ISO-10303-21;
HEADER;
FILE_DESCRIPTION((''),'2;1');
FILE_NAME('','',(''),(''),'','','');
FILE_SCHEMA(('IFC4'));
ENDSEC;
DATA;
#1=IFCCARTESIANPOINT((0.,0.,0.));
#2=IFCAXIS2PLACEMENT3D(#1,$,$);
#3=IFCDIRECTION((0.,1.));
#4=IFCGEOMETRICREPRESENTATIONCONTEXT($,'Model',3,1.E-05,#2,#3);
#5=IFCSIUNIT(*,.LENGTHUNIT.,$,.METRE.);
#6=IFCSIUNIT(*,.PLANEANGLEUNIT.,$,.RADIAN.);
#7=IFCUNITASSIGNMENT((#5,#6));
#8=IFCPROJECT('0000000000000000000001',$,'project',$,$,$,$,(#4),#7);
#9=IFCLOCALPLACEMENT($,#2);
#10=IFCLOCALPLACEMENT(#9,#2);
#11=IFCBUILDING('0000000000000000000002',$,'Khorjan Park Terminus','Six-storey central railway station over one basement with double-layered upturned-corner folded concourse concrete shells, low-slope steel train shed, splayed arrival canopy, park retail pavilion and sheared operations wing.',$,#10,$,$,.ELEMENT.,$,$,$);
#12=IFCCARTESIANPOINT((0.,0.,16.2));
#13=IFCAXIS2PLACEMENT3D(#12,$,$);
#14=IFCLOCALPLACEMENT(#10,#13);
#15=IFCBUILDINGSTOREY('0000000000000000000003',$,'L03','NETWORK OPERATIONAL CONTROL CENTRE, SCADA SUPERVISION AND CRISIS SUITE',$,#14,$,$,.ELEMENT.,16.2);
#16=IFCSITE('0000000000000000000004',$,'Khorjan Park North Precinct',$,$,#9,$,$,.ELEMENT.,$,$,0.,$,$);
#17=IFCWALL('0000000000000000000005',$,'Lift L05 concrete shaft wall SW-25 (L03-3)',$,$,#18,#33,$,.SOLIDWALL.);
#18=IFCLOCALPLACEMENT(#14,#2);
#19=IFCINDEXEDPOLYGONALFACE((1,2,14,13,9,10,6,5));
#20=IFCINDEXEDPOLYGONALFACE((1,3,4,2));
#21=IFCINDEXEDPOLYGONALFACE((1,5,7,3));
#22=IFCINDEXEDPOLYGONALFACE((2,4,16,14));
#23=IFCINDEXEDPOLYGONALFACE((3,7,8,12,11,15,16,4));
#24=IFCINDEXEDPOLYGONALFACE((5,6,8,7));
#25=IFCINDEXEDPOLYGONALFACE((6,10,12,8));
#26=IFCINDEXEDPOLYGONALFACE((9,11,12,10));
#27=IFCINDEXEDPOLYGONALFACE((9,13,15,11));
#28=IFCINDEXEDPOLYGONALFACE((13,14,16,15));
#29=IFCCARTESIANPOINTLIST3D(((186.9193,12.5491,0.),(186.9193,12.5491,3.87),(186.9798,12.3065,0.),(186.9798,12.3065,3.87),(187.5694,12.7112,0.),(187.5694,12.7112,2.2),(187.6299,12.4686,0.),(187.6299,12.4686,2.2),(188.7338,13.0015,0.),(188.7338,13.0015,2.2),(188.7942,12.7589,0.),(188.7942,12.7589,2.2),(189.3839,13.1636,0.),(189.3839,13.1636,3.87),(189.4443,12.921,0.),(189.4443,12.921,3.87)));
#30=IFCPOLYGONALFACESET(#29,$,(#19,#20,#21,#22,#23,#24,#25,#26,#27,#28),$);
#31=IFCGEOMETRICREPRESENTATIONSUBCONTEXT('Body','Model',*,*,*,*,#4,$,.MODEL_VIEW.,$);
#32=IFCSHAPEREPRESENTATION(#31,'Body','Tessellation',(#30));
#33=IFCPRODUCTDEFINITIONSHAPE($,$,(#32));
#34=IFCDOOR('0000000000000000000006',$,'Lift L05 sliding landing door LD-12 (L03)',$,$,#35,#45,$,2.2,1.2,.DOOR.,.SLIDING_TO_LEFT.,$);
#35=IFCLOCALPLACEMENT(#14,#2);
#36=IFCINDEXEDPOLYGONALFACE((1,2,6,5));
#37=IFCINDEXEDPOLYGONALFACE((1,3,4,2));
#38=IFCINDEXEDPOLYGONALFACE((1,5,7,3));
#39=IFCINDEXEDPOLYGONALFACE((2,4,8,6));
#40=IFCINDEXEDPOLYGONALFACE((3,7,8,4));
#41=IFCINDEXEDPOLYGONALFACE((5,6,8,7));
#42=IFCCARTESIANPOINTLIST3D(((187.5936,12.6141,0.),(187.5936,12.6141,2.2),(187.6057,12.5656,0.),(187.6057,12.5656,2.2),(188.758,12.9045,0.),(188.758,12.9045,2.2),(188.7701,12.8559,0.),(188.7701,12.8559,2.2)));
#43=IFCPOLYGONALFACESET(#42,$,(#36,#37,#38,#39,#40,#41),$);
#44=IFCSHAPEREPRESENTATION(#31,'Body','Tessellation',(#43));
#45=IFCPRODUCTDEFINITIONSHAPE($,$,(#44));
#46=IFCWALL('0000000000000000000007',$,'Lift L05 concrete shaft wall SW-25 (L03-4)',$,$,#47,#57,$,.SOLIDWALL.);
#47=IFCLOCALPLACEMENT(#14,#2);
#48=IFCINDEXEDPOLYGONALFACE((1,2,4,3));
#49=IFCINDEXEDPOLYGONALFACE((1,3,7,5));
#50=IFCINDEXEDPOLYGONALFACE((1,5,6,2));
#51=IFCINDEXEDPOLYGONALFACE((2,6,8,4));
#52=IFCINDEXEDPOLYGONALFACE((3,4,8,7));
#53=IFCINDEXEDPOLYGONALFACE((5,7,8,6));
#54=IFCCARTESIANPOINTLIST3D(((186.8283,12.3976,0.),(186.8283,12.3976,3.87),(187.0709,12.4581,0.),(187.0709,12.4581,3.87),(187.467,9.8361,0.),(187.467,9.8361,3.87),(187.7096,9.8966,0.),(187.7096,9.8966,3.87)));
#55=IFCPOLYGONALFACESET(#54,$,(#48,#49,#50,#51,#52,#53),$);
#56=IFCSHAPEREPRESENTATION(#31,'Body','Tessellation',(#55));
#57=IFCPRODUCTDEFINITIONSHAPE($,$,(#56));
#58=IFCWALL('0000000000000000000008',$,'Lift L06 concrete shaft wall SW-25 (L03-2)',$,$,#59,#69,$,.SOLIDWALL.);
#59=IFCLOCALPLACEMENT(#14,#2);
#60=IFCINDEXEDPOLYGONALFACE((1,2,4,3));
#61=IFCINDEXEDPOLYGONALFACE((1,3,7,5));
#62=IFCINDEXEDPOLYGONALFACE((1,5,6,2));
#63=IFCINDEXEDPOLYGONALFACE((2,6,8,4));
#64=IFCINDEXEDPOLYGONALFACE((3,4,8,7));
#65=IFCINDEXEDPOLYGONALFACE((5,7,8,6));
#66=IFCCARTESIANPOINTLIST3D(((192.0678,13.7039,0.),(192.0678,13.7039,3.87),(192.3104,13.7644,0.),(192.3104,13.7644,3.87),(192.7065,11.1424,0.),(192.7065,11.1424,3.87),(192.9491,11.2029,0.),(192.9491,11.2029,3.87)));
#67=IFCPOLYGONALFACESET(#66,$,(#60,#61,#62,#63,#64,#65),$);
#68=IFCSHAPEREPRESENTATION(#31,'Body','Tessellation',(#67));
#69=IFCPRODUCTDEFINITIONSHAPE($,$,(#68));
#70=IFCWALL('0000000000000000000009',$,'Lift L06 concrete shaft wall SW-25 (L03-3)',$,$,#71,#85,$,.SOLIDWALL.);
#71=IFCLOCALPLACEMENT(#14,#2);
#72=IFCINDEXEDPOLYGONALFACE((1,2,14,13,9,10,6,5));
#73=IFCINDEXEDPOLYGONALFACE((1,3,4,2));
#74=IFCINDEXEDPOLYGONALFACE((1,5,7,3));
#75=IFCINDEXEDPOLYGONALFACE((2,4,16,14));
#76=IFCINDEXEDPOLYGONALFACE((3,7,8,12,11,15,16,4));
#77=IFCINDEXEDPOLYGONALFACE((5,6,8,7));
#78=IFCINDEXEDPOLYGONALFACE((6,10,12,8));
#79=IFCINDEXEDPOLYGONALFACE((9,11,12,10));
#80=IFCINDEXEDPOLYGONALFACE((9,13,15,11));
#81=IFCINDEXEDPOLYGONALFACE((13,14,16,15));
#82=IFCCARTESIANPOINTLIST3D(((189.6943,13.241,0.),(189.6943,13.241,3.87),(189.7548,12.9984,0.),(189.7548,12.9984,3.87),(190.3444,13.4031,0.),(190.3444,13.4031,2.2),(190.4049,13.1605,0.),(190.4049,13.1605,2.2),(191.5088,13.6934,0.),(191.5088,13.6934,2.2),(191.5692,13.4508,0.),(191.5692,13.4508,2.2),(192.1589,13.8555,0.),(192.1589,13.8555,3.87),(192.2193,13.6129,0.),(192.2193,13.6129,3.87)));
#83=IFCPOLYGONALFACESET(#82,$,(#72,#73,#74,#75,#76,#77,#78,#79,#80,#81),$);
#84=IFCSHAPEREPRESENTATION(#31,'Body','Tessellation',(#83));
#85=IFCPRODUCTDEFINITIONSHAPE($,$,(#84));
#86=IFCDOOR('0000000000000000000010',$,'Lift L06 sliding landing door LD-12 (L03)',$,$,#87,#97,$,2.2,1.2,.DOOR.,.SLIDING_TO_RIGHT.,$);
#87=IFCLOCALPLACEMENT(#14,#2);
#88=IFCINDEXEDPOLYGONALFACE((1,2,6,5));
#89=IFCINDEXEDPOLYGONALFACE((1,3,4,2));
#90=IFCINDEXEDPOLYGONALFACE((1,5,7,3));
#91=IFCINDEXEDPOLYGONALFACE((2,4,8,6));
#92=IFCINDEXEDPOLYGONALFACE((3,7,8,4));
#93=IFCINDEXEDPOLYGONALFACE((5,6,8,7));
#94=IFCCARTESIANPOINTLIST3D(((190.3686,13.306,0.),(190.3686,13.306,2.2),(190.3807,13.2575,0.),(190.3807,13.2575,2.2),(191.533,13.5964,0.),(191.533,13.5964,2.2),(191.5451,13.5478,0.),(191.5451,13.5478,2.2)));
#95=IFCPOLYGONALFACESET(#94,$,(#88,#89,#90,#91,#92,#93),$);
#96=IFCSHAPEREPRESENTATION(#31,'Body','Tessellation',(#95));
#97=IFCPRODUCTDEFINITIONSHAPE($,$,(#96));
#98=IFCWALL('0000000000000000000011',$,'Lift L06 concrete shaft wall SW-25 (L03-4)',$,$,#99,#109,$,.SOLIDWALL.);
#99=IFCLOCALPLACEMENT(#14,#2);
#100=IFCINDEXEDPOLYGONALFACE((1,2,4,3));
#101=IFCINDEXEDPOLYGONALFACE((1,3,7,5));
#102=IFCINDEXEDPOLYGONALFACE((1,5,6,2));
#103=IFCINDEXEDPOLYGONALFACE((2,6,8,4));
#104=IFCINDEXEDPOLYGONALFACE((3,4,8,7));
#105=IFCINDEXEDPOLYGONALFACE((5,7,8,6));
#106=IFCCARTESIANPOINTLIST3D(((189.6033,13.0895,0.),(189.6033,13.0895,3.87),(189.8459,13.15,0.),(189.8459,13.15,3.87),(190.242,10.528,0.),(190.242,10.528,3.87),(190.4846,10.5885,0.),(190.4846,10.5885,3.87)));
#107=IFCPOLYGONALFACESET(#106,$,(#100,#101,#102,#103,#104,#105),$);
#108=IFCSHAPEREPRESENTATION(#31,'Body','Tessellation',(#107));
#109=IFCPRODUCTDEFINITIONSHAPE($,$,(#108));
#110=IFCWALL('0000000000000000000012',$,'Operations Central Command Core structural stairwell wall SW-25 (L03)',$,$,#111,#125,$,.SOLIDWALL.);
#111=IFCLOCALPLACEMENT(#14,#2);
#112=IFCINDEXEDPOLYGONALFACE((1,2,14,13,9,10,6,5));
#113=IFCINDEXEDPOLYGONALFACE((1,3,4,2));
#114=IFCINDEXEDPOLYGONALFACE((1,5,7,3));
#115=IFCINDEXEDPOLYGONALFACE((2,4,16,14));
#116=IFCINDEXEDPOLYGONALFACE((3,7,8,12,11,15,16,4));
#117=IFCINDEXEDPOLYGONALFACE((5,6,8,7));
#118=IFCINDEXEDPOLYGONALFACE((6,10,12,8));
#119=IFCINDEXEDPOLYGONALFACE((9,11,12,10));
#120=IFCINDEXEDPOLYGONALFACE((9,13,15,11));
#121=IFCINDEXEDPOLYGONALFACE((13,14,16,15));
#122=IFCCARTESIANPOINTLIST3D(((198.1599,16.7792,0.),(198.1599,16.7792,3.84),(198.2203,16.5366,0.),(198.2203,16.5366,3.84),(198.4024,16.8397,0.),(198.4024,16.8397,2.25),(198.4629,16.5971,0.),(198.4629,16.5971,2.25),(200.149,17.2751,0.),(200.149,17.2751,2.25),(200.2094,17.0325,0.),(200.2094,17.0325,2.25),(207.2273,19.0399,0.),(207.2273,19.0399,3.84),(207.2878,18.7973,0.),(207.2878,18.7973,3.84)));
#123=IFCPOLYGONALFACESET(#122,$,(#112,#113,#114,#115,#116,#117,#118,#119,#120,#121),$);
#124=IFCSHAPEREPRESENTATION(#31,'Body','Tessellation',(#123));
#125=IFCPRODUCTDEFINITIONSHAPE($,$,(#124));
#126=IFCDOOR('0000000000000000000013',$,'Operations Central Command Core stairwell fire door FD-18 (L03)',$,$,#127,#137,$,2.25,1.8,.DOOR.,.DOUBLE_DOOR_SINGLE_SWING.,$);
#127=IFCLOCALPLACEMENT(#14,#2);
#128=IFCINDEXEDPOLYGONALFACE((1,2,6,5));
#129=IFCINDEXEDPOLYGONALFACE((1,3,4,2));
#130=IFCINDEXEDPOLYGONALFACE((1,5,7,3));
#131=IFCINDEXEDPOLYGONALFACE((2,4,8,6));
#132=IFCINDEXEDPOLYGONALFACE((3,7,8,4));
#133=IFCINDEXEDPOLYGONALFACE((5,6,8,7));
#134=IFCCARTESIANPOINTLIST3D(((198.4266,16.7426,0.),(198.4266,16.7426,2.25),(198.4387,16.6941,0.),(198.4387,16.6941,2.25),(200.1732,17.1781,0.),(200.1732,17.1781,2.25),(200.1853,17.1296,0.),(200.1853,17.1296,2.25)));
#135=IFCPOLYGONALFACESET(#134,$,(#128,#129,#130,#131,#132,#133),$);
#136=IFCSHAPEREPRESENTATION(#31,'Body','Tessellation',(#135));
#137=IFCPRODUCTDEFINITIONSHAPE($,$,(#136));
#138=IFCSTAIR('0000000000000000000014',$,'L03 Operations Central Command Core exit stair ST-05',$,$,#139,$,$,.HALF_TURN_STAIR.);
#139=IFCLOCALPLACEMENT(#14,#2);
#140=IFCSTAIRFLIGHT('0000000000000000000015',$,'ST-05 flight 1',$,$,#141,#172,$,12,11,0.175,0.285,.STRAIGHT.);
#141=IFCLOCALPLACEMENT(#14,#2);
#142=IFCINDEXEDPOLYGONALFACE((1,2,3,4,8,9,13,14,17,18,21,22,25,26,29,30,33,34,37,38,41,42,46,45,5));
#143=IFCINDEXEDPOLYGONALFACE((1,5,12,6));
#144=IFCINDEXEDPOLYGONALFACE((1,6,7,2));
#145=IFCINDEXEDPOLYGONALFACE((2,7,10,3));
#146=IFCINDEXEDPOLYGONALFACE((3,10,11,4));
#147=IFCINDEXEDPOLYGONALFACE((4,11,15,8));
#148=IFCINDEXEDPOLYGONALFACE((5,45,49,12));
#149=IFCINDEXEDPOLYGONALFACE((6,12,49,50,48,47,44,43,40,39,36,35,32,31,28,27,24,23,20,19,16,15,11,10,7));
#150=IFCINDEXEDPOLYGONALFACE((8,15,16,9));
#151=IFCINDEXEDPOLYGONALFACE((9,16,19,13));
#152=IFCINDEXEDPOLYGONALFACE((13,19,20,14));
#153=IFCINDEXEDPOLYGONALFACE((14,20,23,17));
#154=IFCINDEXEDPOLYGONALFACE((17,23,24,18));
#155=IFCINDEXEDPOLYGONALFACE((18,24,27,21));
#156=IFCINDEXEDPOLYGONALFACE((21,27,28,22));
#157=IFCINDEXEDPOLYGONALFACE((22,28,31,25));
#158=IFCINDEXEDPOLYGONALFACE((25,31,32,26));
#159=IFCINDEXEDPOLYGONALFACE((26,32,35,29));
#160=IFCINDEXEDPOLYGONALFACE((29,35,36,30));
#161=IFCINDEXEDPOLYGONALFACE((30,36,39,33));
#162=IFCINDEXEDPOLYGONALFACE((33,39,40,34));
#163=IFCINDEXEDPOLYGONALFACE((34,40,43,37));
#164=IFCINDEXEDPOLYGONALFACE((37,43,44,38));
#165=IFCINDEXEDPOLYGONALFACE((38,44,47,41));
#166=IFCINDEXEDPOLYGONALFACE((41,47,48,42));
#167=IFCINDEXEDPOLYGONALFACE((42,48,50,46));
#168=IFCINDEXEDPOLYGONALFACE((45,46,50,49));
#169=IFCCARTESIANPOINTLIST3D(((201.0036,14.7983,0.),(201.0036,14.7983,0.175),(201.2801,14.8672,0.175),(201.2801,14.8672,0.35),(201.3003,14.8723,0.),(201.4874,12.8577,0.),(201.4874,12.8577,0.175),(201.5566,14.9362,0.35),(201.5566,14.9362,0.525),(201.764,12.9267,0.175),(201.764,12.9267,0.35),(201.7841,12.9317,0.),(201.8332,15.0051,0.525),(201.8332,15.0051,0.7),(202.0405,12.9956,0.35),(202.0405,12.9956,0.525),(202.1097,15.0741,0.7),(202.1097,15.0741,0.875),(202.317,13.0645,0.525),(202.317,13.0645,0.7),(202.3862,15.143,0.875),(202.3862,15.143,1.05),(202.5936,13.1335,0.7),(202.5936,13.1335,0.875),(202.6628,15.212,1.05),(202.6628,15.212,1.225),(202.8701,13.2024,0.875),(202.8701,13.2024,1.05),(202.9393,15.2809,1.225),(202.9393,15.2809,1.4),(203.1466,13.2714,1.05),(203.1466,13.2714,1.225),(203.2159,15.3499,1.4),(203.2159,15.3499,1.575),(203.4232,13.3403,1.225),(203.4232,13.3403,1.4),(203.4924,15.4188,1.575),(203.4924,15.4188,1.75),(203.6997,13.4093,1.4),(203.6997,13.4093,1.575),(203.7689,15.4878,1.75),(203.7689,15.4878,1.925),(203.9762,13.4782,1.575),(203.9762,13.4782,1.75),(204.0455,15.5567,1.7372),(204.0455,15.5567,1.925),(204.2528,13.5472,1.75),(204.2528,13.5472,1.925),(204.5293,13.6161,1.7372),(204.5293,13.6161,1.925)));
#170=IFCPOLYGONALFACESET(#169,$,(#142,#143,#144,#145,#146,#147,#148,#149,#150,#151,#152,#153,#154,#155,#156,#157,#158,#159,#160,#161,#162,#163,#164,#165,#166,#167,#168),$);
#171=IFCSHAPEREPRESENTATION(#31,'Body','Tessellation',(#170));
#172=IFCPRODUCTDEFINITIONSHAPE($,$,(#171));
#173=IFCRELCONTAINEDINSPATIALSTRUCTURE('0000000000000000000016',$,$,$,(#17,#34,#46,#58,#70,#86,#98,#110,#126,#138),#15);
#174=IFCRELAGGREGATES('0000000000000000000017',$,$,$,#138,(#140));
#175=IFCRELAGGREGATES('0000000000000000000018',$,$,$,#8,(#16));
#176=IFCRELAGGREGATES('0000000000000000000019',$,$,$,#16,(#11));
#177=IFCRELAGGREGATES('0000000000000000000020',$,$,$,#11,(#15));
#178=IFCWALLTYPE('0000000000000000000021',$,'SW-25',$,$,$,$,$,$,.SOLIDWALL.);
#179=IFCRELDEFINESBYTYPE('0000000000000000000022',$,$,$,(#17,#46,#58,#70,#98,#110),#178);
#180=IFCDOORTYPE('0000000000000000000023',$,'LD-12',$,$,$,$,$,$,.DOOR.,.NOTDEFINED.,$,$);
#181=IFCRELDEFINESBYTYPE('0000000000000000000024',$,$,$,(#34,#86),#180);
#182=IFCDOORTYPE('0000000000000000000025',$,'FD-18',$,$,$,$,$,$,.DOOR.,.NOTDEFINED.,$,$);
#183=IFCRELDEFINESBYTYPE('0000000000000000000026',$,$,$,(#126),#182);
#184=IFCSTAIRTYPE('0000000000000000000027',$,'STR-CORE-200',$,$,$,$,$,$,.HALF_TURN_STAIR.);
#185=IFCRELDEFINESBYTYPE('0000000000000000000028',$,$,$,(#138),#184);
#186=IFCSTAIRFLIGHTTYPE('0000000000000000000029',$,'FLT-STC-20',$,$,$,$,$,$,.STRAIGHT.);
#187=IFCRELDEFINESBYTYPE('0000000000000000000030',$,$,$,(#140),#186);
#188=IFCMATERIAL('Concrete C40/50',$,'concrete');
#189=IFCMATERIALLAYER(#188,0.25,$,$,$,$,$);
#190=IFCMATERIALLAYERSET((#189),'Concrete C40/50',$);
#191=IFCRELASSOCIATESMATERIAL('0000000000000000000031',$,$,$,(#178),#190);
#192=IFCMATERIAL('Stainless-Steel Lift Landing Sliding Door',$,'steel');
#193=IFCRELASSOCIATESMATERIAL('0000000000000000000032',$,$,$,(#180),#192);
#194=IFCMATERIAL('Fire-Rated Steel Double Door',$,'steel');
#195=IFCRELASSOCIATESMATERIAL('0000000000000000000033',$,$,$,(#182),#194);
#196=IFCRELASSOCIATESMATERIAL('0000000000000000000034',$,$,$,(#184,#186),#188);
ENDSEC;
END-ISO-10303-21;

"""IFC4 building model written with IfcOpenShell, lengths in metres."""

from ifc_helpers import new_model, si_unit, direction, frame, frame_2d, origin, place, context, subcontext, project, spatial, polyline, rectangle, outline, extrude, material, layer, layer_set, type_object, element, fill, aggregate, save


model = new_model("IFC4")

# Units and contexts
model_context = context("Model", 3, precision=1e-05, world=origin(), true_north=direction((0.0, 1.0)))
body_context = subcontext(model_context, "Body", "Model", "MODEL_VIEW")
ifc_project = project(units=[si_unit("LENGTHUNIT", "METRE"), si_unit("PLANEANGLEUNIT", "RADIAN")], contexts=[model_context])

# Site, building, storey
site_placement = place(None, origin())
site = spatial("IfcSite", under=ifc_project, at=site_placement, Name="Khorjan Park North Precinct", CompositionType="ELEMENT", RefElevation=0.0)
building_placement = place(site_placement, origin())
building = spatial("IfcBuilding", under=site, at=building_placement, Name="Khorjan Park Terminus", Description="Six-storey central railway station over one basement with double-layered upturned-corner folded concourse concrete shells, low-slope steel train shed, splayed arrival canopy, park retail pavilion and sheared operations wing.", CompositionType="ELEMENT")
storey_placement = place(building_placement, frame((0.0, 0.0, 16.2)))
storey = spatial("IfcBuildingStorey", under=building, at=storey_placement, Name="L03", Description="NETWORK OPERATIONAL CONTROL CENTRE, SCADA SUPERVISION AND CRISIS SUITE", CompositionType="ELEMENT", Elevation=16.2)

# Shared definitions
ifc_material_1 = material(Name="Concrete C40/50", Category="concrete")

# Shared definitions
ifc_material_2 = material(Name="Fire-Rated Steel Double Door", Category="steel")

# Wall, opening, door
ifc_layer_1 = layer(ifc_material_1, 0.25)
ifc_layer_set_1 = layer_set([ifc_layer_1], Name="Concrete C40/50")
wall_type_1 = type_object("IfcWallType", Name="SW-25", PredefinedType="SOLIDWALL", material=ifc_layer_set_1)
wall_1_placement = place(storey_placement, frame((189.4141, 13.0423, 0.0), z_axis=(0.0, 0.0, 1.0), x_axis=(-0.970293, -0.241933, 0.0)))
wall_1 = element("IfcWall", 1, at=wall_1_placement, inside=storey, type_object=wall_type_1, Name="Lift L05 concrete shaft wall SW-25 (L03-3)", PredefinedType="SOLIDWALL", context=body_context, shape_type="SweptSolid", body=[
    extrude(rectangle(XDim=2.54, YDim=0.25, at=frame_2d((1.27, 0.0))), origin(), (0.0, 0.0, 1.0), 3.87),
])
opening_1_placement = place(wall_1_placement, frame((0.67, 0.0, 0.0)))
opening_1 = element("IfcOpeningElement", 2, at=opening_1_placement, cuts=wall_1, PredefinedType="OPENING", context=body_context, shape_type="SweptSolid", body=[
    extrude(rectangle(XDim=1.2, YDim=2.2, at=frame_2d((0.6, 1.1))), frame((0.0, 0.135, 0.0), z_axis=(0.0, -1.0, 0.0), x_axis=(1.0, 0.0, 0.0)), (0.0, 0.0, 1.0), 0.27),
])
ifc_material_3 = material(Name="Stainless-Steel Lift Landing Sliding Door", Category="steel")
door_type_1 = type_object("IfcDoorType", Name="LD-12", OperationType="NOTDEFINED", PredefinedType="DOOR", material=ifc_material_3)
door_1_placement = place(opening_1_placement, origin())
door_1 = element("IfcDoor", 3, at=door_1_placement, inside=storey, type_object=door_type_1, Name="Lift L05 sliding landing door LD-12 (L03)", OperationType="SLIDING_TO_LEFT", OverallHeight=2.2, OverallWidth=1.2, PredefinedType="DOOR", context=body_context, shape_type="SweptSolid", body=[
    extrude(rectangle(XDim=1.2, YDim=2.2, at=frame_2d((0.6, 1.1))), frame((0.0, 0.025, 0.0), z_axis=(0.0, -1.0, 0.0), x_axis=(1.0, 0.0, 0.0)), (0.0, 0.0, 1.0), 0.05),
])
fill(opening_1, door_1)

# Walls
for number, where, z_axis, x_axis, name in (
    (4, (186.9496, 12.4278, 0.0), (0.0, 0.0, 1.0), (0.241938, -0.970292, 0.0), "Lift L05 concrete shaft wall SW-25 (L03-4)"),
    (5, (192.8278, 11.1727, 0.0), (0.0, 0.0, 1.0), (-0.241938, 0.970292, 0.0), "Lift L06 concrete shaft wall SW-25 (L03-2)"),
):
    element("IfcWall", number, at=place(storey_placement, frame(where, z_axis=z_axis, x_axis=x_axis)), inside=storey, type_object=wall_type_1, Name=name, PredefinedType="SOLIDWALL", context=body_context, shape_type="SweptSolid", body=[
        extrude(rectangle(XDim=2.6399, YDim=0.25, at=frame_2d((1.3199, 0.0))), origin(), (0.0, 0.0, 1.0), 3.87),
    ])

# Wall, opening, door
wall_2_placement = place(storey_placement, frame((192.1891, 13.7342, 0.0), z_axis=(0.0, 0.0, 1.0), x_axis=(-0.970293, -0.241933, 0.0)))
wall_2 = element("IfcWall", 6, at=wall_2_placement, inside=storey, type_object=wall_type_1, Name="Lift L06 concrete shaft wall SW-25 (L03-3)", PredefinedType="SOLIDWALL", context=body_context, shape_type="SweptSolid", body=[
    extrude(rectangle(XDim=2.54, YDim=0.25, at=frame_2d((1.27, 0.0))), origin(), (0.0, 0.0, 1.0), 3.87),
])
opening_2_placement = place(wall_2_placement, frame((0.67, 0.0, 0.0)))
opening_2 = element("IfcOpeningElement", 7, at=opening_2_placement, cuts=wall_2, PredefinedType="OPENING", context=body_context, shape_type="SweptSolid", body=[
    extrude(rectangle(XDim=1.2, YDim=2.2, at=frame_2d((0.6, 1.1))), frame((0.0, 0.135, 0.0), z_axis=(0.0, -1.0, 0.0), x_axis=(1.0, 0.0, 0.0)), (0.0, 0.0, 1.0), 0.27),
])
door_2_placement = place(opening_2_placement, origin())
door_2 = element("IfcDoor", 8, at=door_2_placement, inside=storey, type_object=door_type_1, Name="Lift L06 sliding landing door LD-12 (L03)", OperationType="SLIDING_TO_RIGHT", OverallHeight=2.2, OverallWidth=1.2, PredefinedType="DOOR", context=body_context, shape_type="SweptSolid", body=[
    extrude(rectangle(XDim=1.2, YDim=2.2, at=frame_2d((0.6, 1.1))), frame((0.0, 0.025, 0.0), z_axis=(0.0, -1.0, 0.0), x_axis=(1.0, 0.0, 0.0)), (0.0, 0.0, 1.0), 0.05),
])
fill(opening_2, door_2)

# Wall
wall_3_placement = place(storey_placement, frame((189.7246, 13.1197, 0.0), z_axis=(0.0, 0.0, 1.0), x_axis=(0.241938, -0.970292, 0.0)))
element("IfcWall", 9, at=wall_3_placement, inside=storey, type_object=wall_type_1, Name="Lift L06 concrete shaft wall SW-25 (L03-4)", PredefinedType="SOLIDWALL", context=body_context, shape_type="SweptSolid", body=[
    extrude(rectangle(XDim=2.6399, YDim=0.25, at=frame_2d((1.3199, 0.0))), origin(), (0.0, 0.0, 1.0), 3.87),
])

# Wall, opening, door
wall_4_placement = place(storey_placement, frame((198.1901, 16.6579, 0.0), z_axis=(0.0, 0.0, 1.0), x_axis=(0.970297, 0.241916, 0.0)))
wall_4 = element("IfcWall", 10, at=wall_4_placement, inside=storey, type_object=wall_type_1, Name="Operations Central Command Core structural stairwell wall SW-25 (L03)", PredefinedType="SOLIDWALL", context=body_context, shape_type="SweptSolid", body=[
    extrude(rectangle(XDim=9.345, YDim=0.25, at=frame_2d((4.6725, 0.0))), origin(), (0.0, 0.0, 1.0), 3.84),
])
opening_3_placement = place(wall_4_placement, frame((0.25, 0.0, 0.0)))
opening_3 = element("IfcOpeningElement", 11, at=opening_3_placement, cuts=wall_4, PredefinedType="OPENING", context=body_context, shape_type="SweptSolid", body=[
    extrude(rectangle(XDim=1.8, YDim=2.25, at=frame_2d((0.9, 1.125))), frame((0.0, 0.135, 0.0), z_axis=(0.0, -1.0, 0.0), x_axis=(1.0, 0.0, 0.0)), (0.0, 0.0, 1.0), 0.27),
])
door_type_2 = type_object("IfcDoorType", Name="FD-18", OperationType="NOTDEFINED", PredefinedType="DOOR", material=ifc_material_2)
door_3_placement = place(opening_3_placement, origin())
door_3 = element("IfcDoor", 12, at=door_3_placement, inside=storey, type_object=door_type_2, Name="Operations Central Command Core stairwell fire door FD-18 (L03)", OperationType="DOUBLE_DOOR_SINGLE_SWING", OverallHeight=2.25, OverallWidth=1.8, PredefinedType="DOOR", context=body_context, shape_type="SweptSolid", body=[
    extrude(rectangle(XDim=1.8, YDim=2.25, at=frame_2d((0.9, 1.125))), frame((0.0, 0.025, 0.0), z_axis=(0.0, -1.0, 0.0), x_axis=(1.0, 0.0, 0.0)), (0.0, 0.0, 1.0), 0.05),
])
fill(opening_3, door_3)

# Stair, stair flight
stair_type = type_object("IfcStairType", Name="STR-CORE-200", PredefinedType="HALF_TURN_STAIR", material=ifc_material_1)
stair_placement = place(storey_placement, origin())
stair = element("IfcStair", 13, at=stair_placement, inside=storey, type_object=stair_type, Name="L03 Operations Central Command Core exit stair ST-05", PredefinedType="HALF_TURN_STAIR")
stair_flight_type = type_object("IfcStairFlightType", Name="FLT-STC-20", PredefinedType="STRAIGHT", material=ifc_material_1)
stair_flight_placement = place(storey_placement, frame((201.2455, 13.828, 0.0), z_axis=(0.0, 0.0, 1.0), x_axis=(0.970296, 0.241922, 0.0)))
stair_flight = element("IfcStairFlight", 14, at=stair_flight_placement, type_object=stair_flight_type, Name="ST-05 flight 1", NumberOfRisers=12, NumberOfTreads=11, PredefinedType="STRAIGHT", RiserHeight=0.175, TreadLength=0.285, context=body_context, shape_type="SweptSolid", body=[
    extrude(outline(polyline([(0.0, 0.0), (0.0, 0.175), (0.285, 0.175), (0.285, 0.35), (0.57, 0.35), (0.57, 0.525), (0.855, 0.525), (0.855, 0.7), (1.14, 0.7), (1.14, 0.875), (1.425, 0.875), (1.425, 1.05), (1.71, 1.05), (1.71, 1.225), (1.995, 1.225), (1.995, 1.4), (2.28, 1.4), (2.28, 1.575), (2.565, 1.575), (2.565, 1.75), (2.85, 1.75), (2.85, 1.925), (3.135, 1.925), (3.135, 2.1), (3.135, 1.7372), (0.3058, 0.0), (0.0, 0.0)])), frame((0.0, 1.0, 0.0), z_axis=(0.0, -1.0, 0.0), x_axis=(1.0, 0.0, 0.0)), (0.0, 0.0, 1.0), 2.0),
])
aggregate(stair, [stair_flight])

save(model, "model.ifc")
